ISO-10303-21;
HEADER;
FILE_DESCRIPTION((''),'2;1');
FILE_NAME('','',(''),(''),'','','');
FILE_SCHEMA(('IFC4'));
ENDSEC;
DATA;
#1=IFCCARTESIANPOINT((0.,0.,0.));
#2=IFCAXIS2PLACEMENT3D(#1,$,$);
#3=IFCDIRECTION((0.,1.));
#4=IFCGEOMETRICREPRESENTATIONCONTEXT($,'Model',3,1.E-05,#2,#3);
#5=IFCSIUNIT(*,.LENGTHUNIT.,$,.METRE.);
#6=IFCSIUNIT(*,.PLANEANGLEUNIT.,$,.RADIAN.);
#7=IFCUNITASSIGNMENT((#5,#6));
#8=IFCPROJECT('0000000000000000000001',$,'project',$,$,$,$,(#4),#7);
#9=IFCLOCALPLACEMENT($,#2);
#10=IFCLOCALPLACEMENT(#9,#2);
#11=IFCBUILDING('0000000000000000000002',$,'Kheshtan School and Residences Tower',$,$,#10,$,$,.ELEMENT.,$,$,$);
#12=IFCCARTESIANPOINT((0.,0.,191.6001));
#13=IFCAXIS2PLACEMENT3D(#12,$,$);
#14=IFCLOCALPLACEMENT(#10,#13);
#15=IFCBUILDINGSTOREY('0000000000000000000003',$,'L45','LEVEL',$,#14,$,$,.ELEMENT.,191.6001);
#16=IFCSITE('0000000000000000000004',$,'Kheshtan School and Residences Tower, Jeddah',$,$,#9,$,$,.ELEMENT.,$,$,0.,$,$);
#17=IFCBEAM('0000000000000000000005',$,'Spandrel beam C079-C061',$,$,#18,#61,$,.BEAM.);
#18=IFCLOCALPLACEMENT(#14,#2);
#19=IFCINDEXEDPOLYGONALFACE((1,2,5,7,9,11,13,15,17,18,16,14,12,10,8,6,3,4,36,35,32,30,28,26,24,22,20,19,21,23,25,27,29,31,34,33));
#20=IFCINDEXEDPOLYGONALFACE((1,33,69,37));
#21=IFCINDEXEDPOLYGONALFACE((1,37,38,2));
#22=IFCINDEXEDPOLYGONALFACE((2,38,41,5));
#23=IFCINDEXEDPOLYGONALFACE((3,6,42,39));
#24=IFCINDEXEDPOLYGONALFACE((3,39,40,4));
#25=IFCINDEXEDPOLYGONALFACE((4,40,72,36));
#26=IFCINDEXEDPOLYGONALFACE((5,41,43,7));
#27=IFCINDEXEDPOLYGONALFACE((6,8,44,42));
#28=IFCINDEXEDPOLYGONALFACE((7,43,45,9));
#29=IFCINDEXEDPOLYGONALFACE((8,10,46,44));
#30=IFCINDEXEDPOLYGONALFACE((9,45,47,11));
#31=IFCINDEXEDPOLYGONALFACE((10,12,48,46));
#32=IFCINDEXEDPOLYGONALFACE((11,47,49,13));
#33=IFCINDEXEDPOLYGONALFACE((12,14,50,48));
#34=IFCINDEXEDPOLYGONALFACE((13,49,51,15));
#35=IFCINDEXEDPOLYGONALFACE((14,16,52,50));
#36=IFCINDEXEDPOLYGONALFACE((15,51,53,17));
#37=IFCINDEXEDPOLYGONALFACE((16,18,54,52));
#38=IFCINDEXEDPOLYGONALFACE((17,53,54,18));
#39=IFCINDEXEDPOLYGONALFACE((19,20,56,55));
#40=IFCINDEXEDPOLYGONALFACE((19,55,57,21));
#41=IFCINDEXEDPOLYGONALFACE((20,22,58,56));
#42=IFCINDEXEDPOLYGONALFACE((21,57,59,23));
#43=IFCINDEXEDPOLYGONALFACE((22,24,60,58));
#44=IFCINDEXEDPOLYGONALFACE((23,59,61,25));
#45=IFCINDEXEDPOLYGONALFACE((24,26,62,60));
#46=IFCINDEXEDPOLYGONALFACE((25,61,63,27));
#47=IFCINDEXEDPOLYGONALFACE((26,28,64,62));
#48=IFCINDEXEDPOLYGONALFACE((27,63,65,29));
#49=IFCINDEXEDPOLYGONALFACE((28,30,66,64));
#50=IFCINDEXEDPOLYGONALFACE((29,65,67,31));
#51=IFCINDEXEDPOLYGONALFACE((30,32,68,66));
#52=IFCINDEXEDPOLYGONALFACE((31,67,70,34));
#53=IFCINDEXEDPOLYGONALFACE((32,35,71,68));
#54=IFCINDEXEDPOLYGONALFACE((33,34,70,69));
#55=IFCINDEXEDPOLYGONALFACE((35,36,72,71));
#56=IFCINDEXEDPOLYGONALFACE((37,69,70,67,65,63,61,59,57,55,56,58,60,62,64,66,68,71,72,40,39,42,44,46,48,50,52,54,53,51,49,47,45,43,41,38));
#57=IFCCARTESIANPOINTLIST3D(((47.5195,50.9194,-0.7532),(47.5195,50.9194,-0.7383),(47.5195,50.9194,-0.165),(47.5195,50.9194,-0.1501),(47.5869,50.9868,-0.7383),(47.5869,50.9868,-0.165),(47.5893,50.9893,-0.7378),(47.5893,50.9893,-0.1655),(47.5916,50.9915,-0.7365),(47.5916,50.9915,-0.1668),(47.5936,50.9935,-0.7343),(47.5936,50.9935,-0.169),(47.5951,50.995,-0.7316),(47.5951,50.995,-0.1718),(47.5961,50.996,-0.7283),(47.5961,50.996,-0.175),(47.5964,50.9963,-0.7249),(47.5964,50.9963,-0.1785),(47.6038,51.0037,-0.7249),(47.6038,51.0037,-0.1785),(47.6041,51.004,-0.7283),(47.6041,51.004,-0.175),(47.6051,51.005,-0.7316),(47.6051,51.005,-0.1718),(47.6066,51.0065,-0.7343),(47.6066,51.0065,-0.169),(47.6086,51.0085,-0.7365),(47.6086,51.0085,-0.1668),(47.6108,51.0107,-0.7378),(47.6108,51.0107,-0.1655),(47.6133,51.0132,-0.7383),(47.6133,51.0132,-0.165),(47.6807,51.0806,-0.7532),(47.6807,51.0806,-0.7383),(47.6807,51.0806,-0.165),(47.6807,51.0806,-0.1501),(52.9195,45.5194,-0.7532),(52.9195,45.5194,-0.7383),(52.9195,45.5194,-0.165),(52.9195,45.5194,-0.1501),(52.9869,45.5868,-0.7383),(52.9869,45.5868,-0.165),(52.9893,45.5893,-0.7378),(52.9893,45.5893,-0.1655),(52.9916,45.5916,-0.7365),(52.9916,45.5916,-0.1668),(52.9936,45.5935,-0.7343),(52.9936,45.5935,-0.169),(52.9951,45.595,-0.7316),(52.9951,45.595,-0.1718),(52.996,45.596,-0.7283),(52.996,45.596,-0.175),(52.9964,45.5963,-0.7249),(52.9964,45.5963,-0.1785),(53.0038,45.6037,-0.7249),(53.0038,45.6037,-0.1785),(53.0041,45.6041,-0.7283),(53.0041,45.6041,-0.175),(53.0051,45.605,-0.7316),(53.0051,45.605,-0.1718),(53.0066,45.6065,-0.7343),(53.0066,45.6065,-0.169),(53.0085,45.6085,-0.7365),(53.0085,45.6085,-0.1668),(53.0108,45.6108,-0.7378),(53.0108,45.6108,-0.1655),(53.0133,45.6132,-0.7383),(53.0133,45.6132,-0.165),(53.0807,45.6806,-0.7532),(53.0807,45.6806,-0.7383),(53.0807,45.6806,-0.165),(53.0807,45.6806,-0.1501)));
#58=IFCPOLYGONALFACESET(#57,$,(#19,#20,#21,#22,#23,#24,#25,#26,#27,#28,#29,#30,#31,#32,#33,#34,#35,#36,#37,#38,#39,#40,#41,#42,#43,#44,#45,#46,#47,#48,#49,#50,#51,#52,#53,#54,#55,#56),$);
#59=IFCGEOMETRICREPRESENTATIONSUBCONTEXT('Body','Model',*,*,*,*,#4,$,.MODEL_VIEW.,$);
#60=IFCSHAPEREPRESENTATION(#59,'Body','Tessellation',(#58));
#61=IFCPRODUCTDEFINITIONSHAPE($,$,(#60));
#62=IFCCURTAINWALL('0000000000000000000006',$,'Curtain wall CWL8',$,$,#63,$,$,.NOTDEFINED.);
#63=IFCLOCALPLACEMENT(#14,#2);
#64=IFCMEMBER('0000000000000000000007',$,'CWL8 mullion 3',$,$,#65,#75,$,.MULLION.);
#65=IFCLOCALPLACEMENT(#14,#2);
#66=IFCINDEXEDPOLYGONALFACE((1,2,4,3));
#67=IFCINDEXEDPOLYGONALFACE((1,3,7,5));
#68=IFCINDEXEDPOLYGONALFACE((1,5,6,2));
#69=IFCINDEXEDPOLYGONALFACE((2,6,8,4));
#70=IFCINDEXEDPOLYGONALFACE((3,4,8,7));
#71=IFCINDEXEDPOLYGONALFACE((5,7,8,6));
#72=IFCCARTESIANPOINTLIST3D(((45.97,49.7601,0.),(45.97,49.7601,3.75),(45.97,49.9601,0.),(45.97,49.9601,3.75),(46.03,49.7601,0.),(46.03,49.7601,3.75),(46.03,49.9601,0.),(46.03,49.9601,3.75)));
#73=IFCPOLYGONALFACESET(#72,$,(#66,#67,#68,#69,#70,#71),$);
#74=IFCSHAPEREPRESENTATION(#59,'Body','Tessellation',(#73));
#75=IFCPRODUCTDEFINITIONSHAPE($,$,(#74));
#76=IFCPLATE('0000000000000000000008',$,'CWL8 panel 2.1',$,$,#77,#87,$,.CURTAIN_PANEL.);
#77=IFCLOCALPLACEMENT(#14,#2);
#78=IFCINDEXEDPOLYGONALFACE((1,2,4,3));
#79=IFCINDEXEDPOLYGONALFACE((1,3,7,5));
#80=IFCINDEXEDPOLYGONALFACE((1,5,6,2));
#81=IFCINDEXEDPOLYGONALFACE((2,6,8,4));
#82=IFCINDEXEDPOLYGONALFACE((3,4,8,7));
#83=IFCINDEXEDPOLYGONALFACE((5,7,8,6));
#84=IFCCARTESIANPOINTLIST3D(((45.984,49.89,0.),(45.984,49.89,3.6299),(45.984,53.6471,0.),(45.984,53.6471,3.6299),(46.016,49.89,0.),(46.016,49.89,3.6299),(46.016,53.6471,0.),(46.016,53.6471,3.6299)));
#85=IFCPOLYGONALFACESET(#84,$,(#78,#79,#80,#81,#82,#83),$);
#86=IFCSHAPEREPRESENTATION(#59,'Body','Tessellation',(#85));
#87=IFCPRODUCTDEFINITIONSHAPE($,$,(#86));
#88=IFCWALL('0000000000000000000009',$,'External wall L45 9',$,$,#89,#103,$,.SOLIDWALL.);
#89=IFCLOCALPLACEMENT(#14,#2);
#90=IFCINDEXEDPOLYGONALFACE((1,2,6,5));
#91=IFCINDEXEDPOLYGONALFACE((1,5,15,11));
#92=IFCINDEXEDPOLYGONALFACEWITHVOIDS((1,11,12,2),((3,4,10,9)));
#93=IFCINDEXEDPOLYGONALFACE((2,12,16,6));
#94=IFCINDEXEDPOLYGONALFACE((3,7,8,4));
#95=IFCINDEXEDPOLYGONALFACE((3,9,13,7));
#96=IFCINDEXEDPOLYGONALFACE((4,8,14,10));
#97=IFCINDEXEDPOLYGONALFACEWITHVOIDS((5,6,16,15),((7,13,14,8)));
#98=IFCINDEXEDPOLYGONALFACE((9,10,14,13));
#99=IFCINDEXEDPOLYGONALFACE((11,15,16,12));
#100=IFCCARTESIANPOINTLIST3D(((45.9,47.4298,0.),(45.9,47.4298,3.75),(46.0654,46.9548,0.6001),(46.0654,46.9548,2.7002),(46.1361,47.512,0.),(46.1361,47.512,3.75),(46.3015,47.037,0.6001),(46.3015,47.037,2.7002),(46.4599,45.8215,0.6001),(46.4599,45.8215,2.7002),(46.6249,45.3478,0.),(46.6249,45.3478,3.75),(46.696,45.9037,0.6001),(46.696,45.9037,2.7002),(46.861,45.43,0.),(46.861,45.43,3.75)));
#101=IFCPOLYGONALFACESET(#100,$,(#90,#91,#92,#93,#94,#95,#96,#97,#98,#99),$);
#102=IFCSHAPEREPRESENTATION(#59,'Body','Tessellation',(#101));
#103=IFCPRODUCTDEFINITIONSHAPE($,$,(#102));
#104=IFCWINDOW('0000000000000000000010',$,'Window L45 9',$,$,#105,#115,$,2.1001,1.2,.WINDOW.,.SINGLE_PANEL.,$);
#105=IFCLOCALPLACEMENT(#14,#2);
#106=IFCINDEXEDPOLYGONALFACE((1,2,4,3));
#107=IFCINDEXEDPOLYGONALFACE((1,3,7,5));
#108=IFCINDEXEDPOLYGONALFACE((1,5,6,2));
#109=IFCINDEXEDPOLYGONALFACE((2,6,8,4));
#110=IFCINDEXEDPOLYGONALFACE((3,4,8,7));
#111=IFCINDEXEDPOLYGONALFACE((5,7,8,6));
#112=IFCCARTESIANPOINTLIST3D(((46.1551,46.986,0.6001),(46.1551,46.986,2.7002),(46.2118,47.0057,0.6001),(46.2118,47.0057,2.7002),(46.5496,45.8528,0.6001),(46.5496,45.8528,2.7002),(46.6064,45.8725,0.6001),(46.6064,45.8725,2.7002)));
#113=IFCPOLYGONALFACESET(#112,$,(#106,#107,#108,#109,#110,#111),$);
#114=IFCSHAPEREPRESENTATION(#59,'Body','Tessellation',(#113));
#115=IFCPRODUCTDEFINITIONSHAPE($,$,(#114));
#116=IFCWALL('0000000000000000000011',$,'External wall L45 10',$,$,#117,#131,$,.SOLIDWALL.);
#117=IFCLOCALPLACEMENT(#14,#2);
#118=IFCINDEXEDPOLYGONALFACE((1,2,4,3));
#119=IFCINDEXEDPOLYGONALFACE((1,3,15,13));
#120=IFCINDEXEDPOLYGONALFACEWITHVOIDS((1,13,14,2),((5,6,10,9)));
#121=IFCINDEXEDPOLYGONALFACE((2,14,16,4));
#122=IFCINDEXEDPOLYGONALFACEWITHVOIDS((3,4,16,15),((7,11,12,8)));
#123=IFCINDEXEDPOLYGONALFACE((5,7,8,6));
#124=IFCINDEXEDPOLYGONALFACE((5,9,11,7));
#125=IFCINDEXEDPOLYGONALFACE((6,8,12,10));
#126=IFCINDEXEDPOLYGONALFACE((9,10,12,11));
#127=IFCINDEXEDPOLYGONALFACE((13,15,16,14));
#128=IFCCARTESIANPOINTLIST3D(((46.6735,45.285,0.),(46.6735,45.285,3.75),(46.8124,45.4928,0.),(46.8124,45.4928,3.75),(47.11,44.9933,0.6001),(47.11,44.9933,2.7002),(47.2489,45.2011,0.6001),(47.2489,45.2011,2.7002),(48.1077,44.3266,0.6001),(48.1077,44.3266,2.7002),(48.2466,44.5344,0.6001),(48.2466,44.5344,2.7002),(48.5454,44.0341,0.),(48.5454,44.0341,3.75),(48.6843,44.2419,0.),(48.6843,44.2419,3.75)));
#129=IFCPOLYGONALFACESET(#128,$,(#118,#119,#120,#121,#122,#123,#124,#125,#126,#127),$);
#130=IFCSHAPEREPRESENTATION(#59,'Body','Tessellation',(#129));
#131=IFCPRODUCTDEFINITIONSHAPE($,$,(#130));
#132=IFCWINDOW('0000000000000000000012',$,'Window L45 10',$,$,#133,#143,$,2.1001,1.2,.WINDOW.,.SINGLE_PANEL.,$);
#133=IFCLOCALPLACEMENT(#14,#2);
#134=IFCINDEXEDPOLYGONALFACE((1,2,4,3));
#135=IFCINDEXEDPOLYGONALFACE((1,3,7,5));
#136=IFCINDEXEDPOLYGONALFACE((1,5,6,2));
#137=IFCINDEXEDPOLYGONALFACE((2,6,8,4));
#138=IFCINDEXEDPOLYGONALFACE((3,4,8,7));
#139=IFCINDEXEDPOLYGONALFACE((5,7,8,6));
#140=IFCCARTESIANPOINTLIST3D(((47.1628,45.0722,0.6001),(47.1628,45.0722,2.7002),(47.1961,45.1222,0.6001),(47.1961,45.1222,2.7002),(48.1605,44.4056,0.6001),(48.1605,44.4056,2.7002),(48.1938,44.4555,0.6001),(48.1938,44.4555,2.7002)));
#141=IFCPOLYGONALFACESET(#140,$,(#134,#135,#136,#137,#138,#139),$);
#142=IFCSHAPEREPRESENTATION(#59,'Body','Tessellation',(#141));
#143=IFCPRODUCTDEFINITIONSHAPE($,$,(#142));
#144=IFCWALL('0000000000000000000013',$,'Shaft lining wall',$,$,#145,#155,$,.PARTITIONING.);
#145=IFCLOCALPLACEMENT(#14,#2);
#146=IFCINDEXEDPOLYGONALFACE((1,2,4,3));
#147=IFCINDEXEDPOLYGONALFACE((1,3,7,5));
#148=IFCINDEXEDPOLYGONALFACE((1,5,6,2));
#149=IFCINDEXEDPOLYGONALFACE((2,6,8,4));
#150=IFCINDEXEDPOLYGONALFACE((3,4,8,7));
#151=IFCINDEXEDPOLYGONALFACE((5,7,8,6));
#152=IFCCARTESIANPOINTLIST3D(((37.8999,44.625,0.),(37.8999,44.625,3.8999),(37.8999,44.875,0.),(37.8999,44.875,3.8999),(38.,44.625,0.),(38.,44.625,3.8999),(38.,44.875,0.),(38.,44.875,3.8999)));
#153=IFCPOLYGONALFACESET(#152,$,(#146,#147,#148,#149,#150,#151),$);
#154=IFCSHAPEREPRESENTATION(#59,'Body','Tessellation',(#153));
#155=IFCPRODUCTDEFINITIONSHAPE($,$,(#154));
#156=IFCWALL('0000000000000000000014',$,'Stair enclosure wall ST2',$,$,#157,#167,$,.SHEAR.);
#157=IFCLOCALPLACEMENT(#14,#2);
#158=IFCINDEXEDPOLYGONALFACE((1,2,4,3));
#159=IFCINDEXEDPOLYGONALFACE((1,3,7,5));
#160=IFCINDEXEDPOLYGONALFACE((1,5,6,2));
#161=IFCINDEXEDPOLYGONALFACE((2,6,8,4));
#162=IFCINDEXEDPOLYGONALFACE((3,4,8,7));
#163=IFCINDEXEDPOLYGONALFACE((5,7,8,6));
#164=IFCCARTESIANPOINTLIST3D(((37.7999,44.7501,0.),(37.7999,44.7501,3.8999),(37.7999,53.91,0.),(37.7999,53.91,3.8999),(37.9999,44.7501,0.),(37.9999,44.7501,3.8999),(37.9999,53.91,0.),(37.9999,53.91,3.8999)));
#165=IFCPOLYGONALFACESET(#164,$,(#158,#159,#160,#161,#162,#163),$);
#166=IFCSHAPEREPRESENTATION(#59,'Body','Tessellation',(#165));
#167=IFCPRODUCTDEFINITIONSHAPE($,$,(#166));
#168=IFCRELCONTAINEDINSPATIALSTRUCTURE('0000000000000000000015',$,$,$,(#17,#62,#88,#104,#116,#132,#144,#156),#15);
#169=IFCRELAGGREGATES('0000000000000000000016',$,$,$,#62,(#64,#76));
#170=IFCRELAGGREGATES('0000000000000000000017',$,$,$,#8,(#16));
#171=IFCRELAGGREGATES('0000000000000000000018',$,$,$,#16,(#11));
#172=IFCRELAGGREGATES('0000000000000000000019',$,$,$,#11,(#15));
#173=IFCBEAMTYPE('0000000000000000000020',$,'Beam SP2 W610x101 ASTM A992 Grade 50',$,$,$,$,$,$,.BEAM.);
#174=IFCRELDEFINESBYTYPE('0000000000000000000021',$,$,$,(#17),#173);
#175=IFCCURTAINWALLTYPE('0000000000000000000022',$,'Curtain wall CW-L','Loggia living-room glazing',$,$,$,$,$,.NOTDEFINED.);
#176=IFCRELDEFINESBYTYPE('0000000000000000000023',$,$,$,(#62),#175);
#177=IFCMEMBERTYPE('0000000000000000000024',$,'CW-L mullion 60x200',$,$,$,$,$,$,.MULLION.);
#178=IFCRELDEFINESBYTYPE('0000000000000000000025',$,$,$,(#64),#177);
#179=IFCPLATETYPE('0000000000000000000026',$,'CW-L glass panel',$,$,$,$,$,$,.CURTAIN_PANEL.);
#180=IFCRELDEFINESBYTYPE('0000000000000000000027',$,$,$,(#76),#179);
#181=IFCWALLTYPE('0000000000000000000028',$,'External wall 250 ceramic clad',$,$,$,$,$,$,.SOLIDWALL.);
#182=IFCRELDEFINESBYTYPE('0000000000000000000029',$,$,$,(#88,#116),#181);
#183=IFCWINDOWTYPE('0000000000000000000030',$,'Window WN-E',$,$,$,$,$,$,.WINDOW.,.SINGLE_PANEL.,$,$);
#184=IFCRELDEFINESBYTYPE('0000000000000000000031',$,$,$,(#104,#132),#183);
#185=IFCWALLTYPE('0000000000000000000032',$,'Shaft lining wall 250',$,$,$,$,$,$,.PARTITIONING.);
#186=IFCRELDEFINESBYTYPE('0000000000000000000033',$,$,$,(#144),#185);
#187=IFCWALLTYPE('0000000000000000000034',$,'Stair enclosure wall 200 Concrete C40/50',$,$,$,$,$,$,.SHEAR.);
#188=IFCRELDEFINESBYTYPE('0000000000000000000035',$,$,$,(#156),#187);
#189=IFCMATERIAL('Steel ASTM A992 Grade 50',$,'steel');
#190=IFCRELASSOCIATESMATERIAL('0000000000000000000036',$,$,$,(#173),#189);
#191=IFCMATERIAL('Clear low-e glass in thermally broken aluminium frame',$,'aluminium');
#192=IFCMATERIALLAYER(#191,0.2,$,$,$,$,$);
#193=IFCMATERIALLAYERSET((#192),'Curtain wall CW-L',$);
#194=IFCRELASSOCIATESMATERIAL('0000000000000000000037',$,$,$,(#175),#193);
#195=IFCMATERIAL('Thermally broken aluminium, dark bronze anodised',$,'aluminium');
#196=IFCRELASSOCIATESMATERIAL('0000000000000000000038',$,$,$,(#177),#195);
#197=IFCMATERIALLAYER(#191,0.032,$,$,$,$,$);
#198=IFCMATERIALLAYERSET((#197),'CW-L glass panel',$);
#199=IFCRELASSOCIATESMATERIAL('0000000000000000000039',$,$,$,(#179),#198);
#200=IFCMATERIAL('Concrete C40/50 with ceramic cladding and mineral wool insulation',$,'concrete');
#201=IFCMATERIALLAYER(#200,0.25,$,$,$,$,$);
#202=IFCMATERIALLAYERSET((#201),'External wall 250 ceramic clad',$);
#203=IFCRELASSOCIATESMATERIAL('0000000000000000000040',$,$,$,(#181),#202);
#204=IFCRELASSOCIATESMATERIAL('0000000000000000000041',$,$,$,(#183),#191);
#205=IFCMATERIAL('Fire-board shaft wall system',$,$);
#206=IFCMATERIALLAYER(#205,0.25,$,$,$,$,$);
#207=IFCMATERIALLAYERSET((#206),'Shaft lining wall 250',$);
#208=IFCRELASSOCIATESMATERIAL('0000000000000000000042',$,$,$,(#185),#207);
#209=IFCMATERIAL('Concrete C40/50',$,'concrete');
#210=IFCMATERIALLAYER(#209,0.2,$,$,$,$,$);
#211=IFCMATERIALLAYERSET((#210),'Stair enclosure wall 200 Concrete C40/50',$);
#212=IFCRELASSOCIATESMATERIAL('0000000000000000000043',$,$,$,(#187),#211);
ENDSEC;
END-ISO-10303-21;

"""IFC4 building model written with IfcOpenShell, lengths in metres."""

from ifc_helpers import new_model, si_unit, direction, frame, frame_2d, origin, origin_2d, place, context, subcontext, project, spatial, rectangle, i_section, extrude, source, transform, mapped, material, layer, layer_set, material_profile, profile_set, type_object, element, fill, aggregate, save


model = new_model("IFC4")

# Units and contexts
model_context = context("Model", 3, precision=1e-05, world=origin(), true_north=direction((0.0, 1.0)))
body_context = subcontext(model_context, "Body", "Model", "MODEL_VIEW")
ifc_project = project(units=[si_unit("LENGTHUNIT", "METRE"), si_unit("PLANEANGLEUNIT", "RADIAN")], contexts=[model_context])

# Site, building, storey
site_placement = place(None, origin())
site = spatial("IfcSite", under=ifc_project, at=site_placement, Name="Kheshtan School and Residences Tower, Jeddah", CompositionType="ELEMENT", RefElevation=0.0)
building_placement = place(site_placement, origin())
building = spatial("IfcBuilding", under=site, at=building_placement, Name="Kheshtan School and Residences Tower", CompositionType="ELEMENT")
storey_placement = place(building_placement, frame((0.0, 0.0, 191.6001)))
storey = spatial("IfcBuildingStorey", under=building, at=storey_placement, Name="L45", Description="LEVEL", CompositionType="ELEMENT", Elevation=191.6001)

# Shared definitions
ifc_material_1 = material(Name="Steel ASTM A992 Grade 50", Category="steel")

# Beam
ifc_material_profile_1 = material_profile(ifc_material_1, i_section(OverallWidth=0.228, OverallDepth=0.603, WebThickness=0.0105, FlangeThickness=0.0149, FilletRadius=0.0134, at=origin_2d()), Name="W610x101")
ifc_profile_set_1 = profile_set([ifc_material_profile_1], Name="Steel ASTM A992 Grade 50")
beam_type_1 = type_object("IfcBeamType", Name="Beam SP2 W610x101 ASTM A992 Grade 50", PredefinedType="BEAM", material=ifc_profile_set_1)
beam_1_placement = place(storey_placement, frame((47.6001, 51.0, -0.4517), z_axis=(0.707107, -0.707107, 0.0), x_axis=(0.707107, 0.707107, 0.0)))
element("IfcBeam", 1, at=beam_1_placement, inside=storey, type_object=beam_type_1, Name="Spandrel beam C079-C061", PredefinedType="BEAM", context=body_context, shape_type="SweptSolid", body=[
    extrude(i_section(OverallWidth=0.228, OverallDepth=0.603, WebThickness=0.0105, FlangeThickness=0.0149, FilletRadius=0.0134, at=origin_2d()), origin(), (0.0, 0.0, 1.0), 7.6367),
])

# Curtain wall, member, plate
ifc_material_2 = material(Name="Clear low-e glass in thermally broken aluminium frame", Category="aluminium")
ifc_layer_1 = layer(ifc_material_2, 0.2)
ifc_layer_set_1 = layer_set([ifc_layer_1], Name="Curtain wall CW-L")
curtain_wall_type = type_object("IfcCurtainWallType", Name="Curtain wall CW-L", Description="Loggia living-room glazing", PredefinedType="NOTDEFINED", material=ifc_layer_set_1)
curtain_wall_placement = place(storey_placement, origin())
curtain_wall = element("IfcCurtainWall", 2, at=curtain_wall_placement, inside=storey, type_object=curtain_wall_type, Name="Curtain wall CWL8", PredefinedType="NOTDEFINED")
ifc_material_3 = material(Name="Thermally broken aluminium, dark bronze anodised", Category="aluminium")
ifc_material_profile_2 = material_profile(ifc_material_3, rectangle(XDim=0.0601, YDim=0.2, at=origin_2d()), Name="CW-L mullion 60x200")
ifc_profile_set_2 = profile_set([ifc_material_profile_2], Name="Thermally broken aluminium, dark bronze anodised")
member_type = type_object("IfcMemberType", Name="CW-L mullion 60x200", PredefinedType="MULLION", material=ifc_profile_set_2)
member_placement = place(storey_placement, frame((46.0, 49.8601, 0.0), z_axis=(0.0, 0.0, 1.0), x_axis=(1.0, 0.0, 0.0)))
member = element("IfcMember", 3, at=member_placement, type_object=member_type, Name="CWL8 mullion 3", PredefinedType="MULLION", context=body_context, shape_type="SweptSolid", body=[
    extrude(rectangle(XDim=0.0601, YDim=0.2, at=origin_2d()), origin(), (0.0, 0.0, 1.0), 3.75),
])
ifc_layer_2 = layer(ifc_material_2, 0.032)
ifc_layer_set_2 = layer_set([ifc_layer_2], Name="CW-L glass panel")
plate_type = type_object("IfcPlateType", Name="CW-L glass panel", PredefinedType="CURTAIN_PANEL", material=ifc_layer_set_2)
plate_placement = place(storey_placement, frame((46.0, 51.7686, 0.0), z_axis=(0.0, 0.0, 1.0), x_axis=(0.0, -1.0, 0.0)))
plate = element("IfcPlate", 4, at=plate_placement, type_object=plate_type, Name="CWL8 panel 2.1", PredefinedType="CURTAIN_PANEL", context=body_context, shape_type="SweptSolid", body=[
    extrude(rectangle(XDim=3.7571, YDim=0.032, at=origin_2d()), origin(), (0.0, 0.0, 1.0), 3.6299),
])
aggregate(curtain_wall, [member, plate])

# Walls, openings, windows
ifc_material_4 = material(Name="Concrete C40/50 with ceramic cladding and mineral wool insulation", Category="concrete")
ifc_layer_3 = layer(ifc_material_4, 0.25)
ifc_layer_set_3 = layer_set([ifc_layer_3], Name="External wall 250 ceramic clad")
wall_type_1 = type_object("IfcWallType", Name="External wall 250 ceramic clad", PredefinedType="SOLIDWALL", material=ifc_layer_set_3)
wall_1_placement = place(storey_placement, frame((46.0181, 47.4709, 0.0), z_axis=(0.0, 0.0, 1.0), x_axis=(0.328791, -0.944403, 0.0)))
wall_1 = element("IfcWall", 5, at=wall_1_placement, inside=storey, type_object=wall_type_1, Name="External wall L45 9", PredefinedType="SOLIDWALL", context=body_context, shape_type="SweptSolid", body=[
    extrude(rectangle(XDim=2.2046, YDim=0.25, at=frame_2d((1.1023, 0.0))), origin(), (0.0, 0.0, 1.0), 3.75),
])
opening_1_placement = place(wall_1_placement, frame((0.5029, 0.0, 0.6001)))
opening_1 = element("IfcOpeningElement", 6, at=opening_1_placement, cuts=wall_1, PredefinedType="OPENING", context=body_context, shape_type="SweptSolid", body=[
    extrude(rectangle(XDim=1.2, YDim=2.1001, at=frame_2d((0.6001, 1.05))), frame((0.0, 0.135, 0.0), z_axis=(0.0, -1.0, 0.0), x_axis=(1.0, 0.0, 0.0)), (0.0, 0.0, 1.0), 0.27),
])
window_type = type_object("IfcWindowType", Name="Window WN-E", PartitioningType="SINGLE_PANEL", PredefinedType="WINDOW", material=ifc_material_2)
shared_shape_1 = source(origin(), body_context, "Body", "SweptSolid", [
    extrude(rectangle(XDim=1.2, YDim=2.1001, at=frame_2d((0.6001, 1.05))), frame((0.0, 0.03, 0.0), z_axis=(0.0, -1.0, 0.0), x_axis=(1.0, 0.0, 0.0)), (0.0, 0.0, 1.0), 0.0601),
])
window_1_placement = place(opening_1_placement, origin())
window_1 = element("IfcWindow", 7, at=window_1_placement, inside=storey, type_object=window_type, Name="Window L45 9", OverallHeight=2.1001, OverallWidth=1.2, PartitioningType="SINGLE_PANEL", PredefinedType="WINDOW", context=body_context, shape_type="MappedRepresentation", body=[
    mapped(shared_shape_1, transform((0.0, 0.0, 0.0), x_axis=(1.0, 0.0, 0.0), y_axis=(0.0, 1.0, 0.0), z_axis=(0.0, 0.0, 1.0), scale=1.0)),
])
fill(opening_1, window_1)
wall_2_placement = place(storey_placement, frame((46.7429, 45.3889, 0.0), z_axis=(0.0, 0.0, 1.0), x_axis=(0.831449, -0.555601, 0.0)))
wall_2 = element("IfcWall", 8, at=wall_2_placement, inside=storey, type_object=wall_type_1, Name="External wall L45 10", PredefinedType="SOLIDWALL", context=body_context, shape_type="SweptSolid", body=[
    extrude(rectangle(XDim=2.2515, YDim=0.25, at=frame_2d((1.1257, 0.0))), origin(), (0.0, 0.0, 1.0), 3.75),
])
opening_2_placement = place(wall_2_placement, frame((0.5249, 0.0, 0.6001)))
opening_2 = element("IfcOpeningElement", 9, at=opening_2_placement, cuts=wall_2, PredefinedType="OPENING", context=body_context, shape_type="SweptSolid", body=[
    extrude(rectangle(XDim=1.2, YDim=2.1001, at=frame_2d((0.6001, 1.05))), frame((0.0, 0.135, 0.0), z_axis=(0.0, -1.0, 0.0), x_axis=(1.0, 0.0, 0.0)), (0.0, 0.0, 1.0), 0.27),
])
window_2_placement = place(opening_2_placement, origin())
window_2 = element("IfcWindow", 10, at=window_2_placement, inside=storey, type_object=window_type, Name="Window L45 10", OverallHeight=2.1001, OverallWidth=1.2, PartitioningType="SINGLE_PANEL", PredefinedType="WINDOW", context=body_context, shape_type="MappedRepresentation", body=[
    mapped(shared_shape_1, transform((0.0, 0.0, 0.0), x_axis=(1.0, 0.0, 0.0), y_axis=(0.0, 1.0, 0.0), z_axis=(0.0, 0.0, 1.0), scale=1.0)),
])
fill(opening_2, window_2)

# Walls
ifc_material_5 = material(Name="Fire-board shaft wall system")
ifc_layer_4 = layer(ifc_material_5, 0.25)
ifc_layer_set_4 = layer_set([ifc_layer_4], Name="Shaft lining wall 250")
wall_type_2 = type_object("IfcWallType", Name="Shaft lining wall 250", PredefinedType="PARTITIONING", material=ifc_layer_set_4)
wall_3_placement = place(storey_placement, frame((37.8999, 44.75, 0.0), z_axis=(0.0, 0.0, 1.0), x_axis=(1.0, 0.0, 0.0)))
element("IfcWall", 11, at=wall_3_placement, inside=storey, type_object=wall_type_2, Name="Shaft lining wall", PredefinedType="PARTITIONING", context=body_context, shape_type="SweptSolid", body=[
    extrude(rectangle(XDim=0.1001, YDim=0.25, at=frame_2d((0.05, 0.0))), origin(), (0.0, 0.0, 1.0), 3.8999),
])
ifc_material_6 = material(Name="Concrete C40/50", Category="concrete")
ifc_layer_5 = layer(ifc_material_6, 0.2)
ifc_layer_set_5 = layer_set([ifc_layer_5], Name="Stair enclosure wall 200 Concrete C40/50")
wall_type_3 = type_object("IfcWallType", Name="Stair enclosure wall 200 Concrete C40/50", PredefinedType="SHEAR", material=ifc_layer_set_5)
wall_4_placement = place(storey_placement, frame((37.8999, 44.75, 0.0), z_axis=(0.0, 0.0, 1.0), x_axis=(0.0, 1.0, 0.0)))
element("IfcWall", 12, at=wall_4_placement, inside=storey, type_object=wall_type_3, Name="Stair enclosure wall ST2", PredefinedType="SHEAR", context=body_context, shape_type="SweptSolid", body=[
    extrude(rectangle(XDim=9.1599, YDim=0.2, at=frame_2d((4.5801, 0.0))), origin(), (0.0, 0.0, 1.0), 3.8999),
])

save(model, "model.ifc")
